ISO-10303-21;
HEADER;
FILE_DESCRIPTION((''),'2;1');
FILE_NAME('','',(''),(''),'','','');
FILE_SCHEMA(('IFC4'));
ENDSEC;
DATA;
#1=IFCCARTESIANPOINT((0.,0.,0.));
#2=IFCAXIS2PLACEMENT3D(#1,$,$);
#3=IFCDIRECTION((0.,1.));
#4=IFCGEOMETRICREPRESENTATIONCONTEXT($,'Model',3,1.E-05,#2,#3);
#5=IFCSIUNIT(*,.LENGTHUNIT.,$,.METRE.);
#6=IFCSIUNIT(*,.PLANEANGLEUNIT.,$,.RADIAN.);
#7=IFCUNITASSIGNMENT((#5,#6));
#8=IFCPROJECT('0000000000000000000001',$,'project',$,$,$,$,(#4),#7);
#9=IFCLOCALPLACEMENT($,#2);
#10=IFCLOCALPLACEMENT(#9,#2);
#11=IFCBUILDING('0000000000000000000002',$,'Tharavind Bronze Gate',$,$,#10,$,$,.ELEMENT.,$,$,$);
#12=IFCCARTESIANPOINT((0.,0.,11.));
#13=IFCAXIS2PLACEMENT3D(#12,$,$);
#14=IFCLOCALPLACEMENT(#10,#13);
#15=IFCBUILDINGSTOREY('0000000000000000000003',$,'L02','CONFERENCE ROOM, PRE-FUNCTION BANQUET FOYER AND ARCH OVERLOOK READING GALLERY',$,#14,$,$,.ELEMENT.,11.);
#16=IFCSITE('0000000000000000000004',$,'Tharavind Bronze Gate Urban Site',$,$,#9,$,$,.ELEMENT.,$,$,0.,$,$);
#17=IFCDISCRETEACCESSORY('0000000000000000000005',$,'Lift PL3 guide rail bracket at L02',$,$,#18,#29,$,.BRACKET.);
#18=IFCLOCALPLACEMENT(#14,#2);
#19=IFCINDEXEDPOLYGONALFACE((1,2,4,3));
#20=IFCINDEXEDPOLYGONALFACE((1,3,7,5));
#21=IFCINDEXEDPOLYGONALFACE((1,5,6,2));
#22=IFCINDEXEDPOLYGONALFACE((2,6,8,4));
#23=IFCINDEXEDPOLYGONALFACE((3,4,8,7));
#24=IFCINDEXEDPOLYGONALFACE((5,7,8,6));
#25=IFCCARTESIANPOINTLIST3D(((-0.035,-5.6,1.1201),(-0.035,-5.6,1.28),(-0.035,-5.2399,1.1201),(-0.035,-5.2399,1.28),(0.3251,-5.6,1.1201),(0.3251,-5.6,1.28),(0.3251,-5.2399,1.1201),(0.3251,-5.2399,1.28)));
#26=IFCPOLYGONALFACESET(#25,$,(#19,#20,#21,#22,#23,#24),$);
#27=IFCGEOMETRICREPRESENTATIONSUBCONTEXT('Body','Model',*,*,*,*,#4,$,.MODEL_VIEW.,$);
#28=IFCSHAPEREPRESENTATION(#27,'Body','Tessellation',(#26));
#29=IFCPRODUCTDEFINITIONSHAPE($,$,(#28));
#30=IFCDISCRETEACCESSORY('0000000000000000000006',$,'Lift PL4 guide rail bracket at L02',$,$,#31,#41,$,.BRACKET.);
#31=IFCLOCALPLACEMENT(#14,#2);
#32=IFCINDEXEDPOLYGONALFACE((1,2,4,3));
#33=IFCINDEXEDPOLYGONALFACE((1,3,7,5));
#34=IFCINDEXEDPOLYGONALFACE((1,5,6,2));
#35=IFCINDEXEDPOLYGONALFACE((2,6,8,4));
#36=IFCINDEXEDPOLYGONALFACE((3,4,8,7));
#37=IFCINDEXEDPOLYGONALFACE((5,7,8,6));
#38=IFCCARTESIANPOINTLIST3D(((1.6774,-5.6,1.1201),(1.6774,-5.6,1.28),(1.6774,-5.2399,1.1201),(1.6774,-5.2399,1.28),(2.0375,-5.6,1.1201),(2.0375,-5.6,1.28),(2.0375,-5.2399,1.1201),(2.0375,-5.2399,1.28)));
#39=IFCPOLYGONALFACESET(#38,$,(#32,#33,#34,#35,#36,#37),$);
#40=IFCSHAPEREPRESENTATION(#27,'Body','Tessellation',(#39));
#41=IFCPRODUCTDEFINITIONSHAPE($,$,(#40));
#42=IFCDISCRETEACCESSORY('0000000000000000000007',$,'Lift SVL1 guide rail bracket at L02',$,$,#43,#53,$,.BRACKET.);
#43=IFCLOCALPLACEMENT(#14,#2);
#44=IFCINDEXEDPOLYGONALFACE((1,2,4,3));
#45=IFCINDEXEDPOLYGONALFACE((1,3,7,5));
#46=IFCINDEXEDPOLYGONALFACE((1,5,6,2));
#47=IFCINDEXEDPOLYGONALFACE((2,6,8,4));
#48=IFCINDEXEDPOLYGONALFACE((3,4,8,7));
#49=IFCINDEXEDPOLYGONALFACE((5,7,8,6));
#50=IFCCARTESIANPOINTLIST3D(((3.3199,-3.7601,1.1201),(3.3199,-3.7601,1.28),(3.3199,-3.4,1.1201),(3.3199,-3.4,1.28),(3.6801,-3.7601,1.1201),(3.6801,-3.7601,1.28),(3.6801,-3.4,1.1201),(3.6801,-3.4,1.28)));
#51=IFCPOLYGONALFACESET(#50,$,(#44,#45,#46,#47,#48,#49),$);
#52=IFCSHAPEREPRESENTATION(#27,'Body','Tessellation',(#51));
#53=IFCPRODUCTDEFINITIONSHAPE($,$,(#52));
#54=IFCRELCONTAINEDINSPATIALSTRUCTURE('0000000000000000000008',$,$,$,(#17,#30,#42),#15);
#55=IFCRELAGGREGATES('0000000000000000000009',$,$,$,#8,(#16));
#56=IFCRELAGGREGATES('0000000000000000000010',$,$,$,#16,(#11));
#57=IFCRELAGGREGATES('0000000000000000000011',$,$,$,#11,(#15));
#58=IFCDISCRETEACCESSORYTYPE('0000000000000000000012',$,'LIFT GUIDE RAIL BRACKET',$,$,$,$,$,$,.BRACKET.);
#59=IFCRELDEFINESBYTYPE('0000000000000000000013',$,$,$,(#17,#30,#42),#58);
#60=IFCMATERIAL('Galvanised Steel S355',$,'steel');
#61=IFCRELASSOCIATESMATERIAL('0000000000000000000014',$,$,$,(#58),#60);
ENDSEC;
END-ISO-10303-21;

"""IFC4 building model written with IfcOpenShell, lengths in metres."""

from ifc_helpers import new_model, si_unit, direction, frame, origin, origin_2d, place, context, subcontext, project, spatial, rectangle, extrude, material, type_object, element, save


model = new_model("IFC4")

# Units and contexts
model_context = context("Model", 3, precision=1e-05, world=origin(), true_north=direction((0.0, 1.0)))
body_context = subcontext(model_context, "Body", "Model", "MODEL_VIEW")
ifc_project = project(units=[si_unit("LENGTHUNIT", "METRE"), si_unit("PLANEANGLEUNIT", "RADIAN")], contexts=[model_context])

# Site, building, storey
site_placement = place(None, origin())
site = spatial("IfcSite", under=ifc_project, at=site_placement, Name="Tharavind Bronze Gate Urban Site", CompositionType="ELEMENT", RefElevation=0.0)
building_placement = place(site_placement, origin())
building = spatial("IfcBuilding", under=site, at=building_placement, Name="Tharavind Bronze Gate", CompositionType="ELEMENT")
storey_placement = place(building_placement, frame((0.0, 0.0, 11.0)))
storey = spatial("IfcBuildingStorey", under=building, at=storey_placement, Name="L02", Description="CONFERENCE ROOM, PRE-FUNCTION BANQUET FOYER AND ARCH OVERLOOK READING GALLERY", CompositionType="ELEMENT", Elevation=11.0)

# Discrete accessories
ifc_material_1 = material(Name="Galvanised Steel S355", Category="steel")
discrete_accessory_type = type_object("IfcDiscreteAccessoryType", Name="LIFT GUIDE RAIL BRACKET", PredefinedType="BRACKET", material=ifc_material_1)
for number, where, z_axis, x_axis, name in (
    (1, (0.145, -5.4199, 1.1201), (0.0, 0.0, 1.0), (1.0, 0.0, 0.0), "Lift PL3 guide rail bracket at L02"),
    (2, (1.8574, -5.4199, 1.1201), (0.0, 0.0, 1.0), (1.0, 0.0, 0.0), "Lift PL4 guide rail bracket at L02"),
    (3, (3.5, -3.5801, 1.1201), (0.0, 0.0, 1.0), (1.0, 0.0, 0.0), "Lift SVL1 guide rail bracket at L02"),
):
    element("IfcDiscreteAccessory", number, at=place(storey_placement, frame(where, z_axis=z_axis, x_axis=x_axis)), inside=storey, type_object=discrete_accessory_type, Name=name, PredefinedType="BRACKET", context=body_context, shape_type="SweptSolid", body=[
        extrude(rectangle(XDim=0.3601, YDim=0.3601, at=origin_2d()), origin(), (0.0, 0.0, 1.0), 0.1599),
    ])

save(model, "model.ifc")
